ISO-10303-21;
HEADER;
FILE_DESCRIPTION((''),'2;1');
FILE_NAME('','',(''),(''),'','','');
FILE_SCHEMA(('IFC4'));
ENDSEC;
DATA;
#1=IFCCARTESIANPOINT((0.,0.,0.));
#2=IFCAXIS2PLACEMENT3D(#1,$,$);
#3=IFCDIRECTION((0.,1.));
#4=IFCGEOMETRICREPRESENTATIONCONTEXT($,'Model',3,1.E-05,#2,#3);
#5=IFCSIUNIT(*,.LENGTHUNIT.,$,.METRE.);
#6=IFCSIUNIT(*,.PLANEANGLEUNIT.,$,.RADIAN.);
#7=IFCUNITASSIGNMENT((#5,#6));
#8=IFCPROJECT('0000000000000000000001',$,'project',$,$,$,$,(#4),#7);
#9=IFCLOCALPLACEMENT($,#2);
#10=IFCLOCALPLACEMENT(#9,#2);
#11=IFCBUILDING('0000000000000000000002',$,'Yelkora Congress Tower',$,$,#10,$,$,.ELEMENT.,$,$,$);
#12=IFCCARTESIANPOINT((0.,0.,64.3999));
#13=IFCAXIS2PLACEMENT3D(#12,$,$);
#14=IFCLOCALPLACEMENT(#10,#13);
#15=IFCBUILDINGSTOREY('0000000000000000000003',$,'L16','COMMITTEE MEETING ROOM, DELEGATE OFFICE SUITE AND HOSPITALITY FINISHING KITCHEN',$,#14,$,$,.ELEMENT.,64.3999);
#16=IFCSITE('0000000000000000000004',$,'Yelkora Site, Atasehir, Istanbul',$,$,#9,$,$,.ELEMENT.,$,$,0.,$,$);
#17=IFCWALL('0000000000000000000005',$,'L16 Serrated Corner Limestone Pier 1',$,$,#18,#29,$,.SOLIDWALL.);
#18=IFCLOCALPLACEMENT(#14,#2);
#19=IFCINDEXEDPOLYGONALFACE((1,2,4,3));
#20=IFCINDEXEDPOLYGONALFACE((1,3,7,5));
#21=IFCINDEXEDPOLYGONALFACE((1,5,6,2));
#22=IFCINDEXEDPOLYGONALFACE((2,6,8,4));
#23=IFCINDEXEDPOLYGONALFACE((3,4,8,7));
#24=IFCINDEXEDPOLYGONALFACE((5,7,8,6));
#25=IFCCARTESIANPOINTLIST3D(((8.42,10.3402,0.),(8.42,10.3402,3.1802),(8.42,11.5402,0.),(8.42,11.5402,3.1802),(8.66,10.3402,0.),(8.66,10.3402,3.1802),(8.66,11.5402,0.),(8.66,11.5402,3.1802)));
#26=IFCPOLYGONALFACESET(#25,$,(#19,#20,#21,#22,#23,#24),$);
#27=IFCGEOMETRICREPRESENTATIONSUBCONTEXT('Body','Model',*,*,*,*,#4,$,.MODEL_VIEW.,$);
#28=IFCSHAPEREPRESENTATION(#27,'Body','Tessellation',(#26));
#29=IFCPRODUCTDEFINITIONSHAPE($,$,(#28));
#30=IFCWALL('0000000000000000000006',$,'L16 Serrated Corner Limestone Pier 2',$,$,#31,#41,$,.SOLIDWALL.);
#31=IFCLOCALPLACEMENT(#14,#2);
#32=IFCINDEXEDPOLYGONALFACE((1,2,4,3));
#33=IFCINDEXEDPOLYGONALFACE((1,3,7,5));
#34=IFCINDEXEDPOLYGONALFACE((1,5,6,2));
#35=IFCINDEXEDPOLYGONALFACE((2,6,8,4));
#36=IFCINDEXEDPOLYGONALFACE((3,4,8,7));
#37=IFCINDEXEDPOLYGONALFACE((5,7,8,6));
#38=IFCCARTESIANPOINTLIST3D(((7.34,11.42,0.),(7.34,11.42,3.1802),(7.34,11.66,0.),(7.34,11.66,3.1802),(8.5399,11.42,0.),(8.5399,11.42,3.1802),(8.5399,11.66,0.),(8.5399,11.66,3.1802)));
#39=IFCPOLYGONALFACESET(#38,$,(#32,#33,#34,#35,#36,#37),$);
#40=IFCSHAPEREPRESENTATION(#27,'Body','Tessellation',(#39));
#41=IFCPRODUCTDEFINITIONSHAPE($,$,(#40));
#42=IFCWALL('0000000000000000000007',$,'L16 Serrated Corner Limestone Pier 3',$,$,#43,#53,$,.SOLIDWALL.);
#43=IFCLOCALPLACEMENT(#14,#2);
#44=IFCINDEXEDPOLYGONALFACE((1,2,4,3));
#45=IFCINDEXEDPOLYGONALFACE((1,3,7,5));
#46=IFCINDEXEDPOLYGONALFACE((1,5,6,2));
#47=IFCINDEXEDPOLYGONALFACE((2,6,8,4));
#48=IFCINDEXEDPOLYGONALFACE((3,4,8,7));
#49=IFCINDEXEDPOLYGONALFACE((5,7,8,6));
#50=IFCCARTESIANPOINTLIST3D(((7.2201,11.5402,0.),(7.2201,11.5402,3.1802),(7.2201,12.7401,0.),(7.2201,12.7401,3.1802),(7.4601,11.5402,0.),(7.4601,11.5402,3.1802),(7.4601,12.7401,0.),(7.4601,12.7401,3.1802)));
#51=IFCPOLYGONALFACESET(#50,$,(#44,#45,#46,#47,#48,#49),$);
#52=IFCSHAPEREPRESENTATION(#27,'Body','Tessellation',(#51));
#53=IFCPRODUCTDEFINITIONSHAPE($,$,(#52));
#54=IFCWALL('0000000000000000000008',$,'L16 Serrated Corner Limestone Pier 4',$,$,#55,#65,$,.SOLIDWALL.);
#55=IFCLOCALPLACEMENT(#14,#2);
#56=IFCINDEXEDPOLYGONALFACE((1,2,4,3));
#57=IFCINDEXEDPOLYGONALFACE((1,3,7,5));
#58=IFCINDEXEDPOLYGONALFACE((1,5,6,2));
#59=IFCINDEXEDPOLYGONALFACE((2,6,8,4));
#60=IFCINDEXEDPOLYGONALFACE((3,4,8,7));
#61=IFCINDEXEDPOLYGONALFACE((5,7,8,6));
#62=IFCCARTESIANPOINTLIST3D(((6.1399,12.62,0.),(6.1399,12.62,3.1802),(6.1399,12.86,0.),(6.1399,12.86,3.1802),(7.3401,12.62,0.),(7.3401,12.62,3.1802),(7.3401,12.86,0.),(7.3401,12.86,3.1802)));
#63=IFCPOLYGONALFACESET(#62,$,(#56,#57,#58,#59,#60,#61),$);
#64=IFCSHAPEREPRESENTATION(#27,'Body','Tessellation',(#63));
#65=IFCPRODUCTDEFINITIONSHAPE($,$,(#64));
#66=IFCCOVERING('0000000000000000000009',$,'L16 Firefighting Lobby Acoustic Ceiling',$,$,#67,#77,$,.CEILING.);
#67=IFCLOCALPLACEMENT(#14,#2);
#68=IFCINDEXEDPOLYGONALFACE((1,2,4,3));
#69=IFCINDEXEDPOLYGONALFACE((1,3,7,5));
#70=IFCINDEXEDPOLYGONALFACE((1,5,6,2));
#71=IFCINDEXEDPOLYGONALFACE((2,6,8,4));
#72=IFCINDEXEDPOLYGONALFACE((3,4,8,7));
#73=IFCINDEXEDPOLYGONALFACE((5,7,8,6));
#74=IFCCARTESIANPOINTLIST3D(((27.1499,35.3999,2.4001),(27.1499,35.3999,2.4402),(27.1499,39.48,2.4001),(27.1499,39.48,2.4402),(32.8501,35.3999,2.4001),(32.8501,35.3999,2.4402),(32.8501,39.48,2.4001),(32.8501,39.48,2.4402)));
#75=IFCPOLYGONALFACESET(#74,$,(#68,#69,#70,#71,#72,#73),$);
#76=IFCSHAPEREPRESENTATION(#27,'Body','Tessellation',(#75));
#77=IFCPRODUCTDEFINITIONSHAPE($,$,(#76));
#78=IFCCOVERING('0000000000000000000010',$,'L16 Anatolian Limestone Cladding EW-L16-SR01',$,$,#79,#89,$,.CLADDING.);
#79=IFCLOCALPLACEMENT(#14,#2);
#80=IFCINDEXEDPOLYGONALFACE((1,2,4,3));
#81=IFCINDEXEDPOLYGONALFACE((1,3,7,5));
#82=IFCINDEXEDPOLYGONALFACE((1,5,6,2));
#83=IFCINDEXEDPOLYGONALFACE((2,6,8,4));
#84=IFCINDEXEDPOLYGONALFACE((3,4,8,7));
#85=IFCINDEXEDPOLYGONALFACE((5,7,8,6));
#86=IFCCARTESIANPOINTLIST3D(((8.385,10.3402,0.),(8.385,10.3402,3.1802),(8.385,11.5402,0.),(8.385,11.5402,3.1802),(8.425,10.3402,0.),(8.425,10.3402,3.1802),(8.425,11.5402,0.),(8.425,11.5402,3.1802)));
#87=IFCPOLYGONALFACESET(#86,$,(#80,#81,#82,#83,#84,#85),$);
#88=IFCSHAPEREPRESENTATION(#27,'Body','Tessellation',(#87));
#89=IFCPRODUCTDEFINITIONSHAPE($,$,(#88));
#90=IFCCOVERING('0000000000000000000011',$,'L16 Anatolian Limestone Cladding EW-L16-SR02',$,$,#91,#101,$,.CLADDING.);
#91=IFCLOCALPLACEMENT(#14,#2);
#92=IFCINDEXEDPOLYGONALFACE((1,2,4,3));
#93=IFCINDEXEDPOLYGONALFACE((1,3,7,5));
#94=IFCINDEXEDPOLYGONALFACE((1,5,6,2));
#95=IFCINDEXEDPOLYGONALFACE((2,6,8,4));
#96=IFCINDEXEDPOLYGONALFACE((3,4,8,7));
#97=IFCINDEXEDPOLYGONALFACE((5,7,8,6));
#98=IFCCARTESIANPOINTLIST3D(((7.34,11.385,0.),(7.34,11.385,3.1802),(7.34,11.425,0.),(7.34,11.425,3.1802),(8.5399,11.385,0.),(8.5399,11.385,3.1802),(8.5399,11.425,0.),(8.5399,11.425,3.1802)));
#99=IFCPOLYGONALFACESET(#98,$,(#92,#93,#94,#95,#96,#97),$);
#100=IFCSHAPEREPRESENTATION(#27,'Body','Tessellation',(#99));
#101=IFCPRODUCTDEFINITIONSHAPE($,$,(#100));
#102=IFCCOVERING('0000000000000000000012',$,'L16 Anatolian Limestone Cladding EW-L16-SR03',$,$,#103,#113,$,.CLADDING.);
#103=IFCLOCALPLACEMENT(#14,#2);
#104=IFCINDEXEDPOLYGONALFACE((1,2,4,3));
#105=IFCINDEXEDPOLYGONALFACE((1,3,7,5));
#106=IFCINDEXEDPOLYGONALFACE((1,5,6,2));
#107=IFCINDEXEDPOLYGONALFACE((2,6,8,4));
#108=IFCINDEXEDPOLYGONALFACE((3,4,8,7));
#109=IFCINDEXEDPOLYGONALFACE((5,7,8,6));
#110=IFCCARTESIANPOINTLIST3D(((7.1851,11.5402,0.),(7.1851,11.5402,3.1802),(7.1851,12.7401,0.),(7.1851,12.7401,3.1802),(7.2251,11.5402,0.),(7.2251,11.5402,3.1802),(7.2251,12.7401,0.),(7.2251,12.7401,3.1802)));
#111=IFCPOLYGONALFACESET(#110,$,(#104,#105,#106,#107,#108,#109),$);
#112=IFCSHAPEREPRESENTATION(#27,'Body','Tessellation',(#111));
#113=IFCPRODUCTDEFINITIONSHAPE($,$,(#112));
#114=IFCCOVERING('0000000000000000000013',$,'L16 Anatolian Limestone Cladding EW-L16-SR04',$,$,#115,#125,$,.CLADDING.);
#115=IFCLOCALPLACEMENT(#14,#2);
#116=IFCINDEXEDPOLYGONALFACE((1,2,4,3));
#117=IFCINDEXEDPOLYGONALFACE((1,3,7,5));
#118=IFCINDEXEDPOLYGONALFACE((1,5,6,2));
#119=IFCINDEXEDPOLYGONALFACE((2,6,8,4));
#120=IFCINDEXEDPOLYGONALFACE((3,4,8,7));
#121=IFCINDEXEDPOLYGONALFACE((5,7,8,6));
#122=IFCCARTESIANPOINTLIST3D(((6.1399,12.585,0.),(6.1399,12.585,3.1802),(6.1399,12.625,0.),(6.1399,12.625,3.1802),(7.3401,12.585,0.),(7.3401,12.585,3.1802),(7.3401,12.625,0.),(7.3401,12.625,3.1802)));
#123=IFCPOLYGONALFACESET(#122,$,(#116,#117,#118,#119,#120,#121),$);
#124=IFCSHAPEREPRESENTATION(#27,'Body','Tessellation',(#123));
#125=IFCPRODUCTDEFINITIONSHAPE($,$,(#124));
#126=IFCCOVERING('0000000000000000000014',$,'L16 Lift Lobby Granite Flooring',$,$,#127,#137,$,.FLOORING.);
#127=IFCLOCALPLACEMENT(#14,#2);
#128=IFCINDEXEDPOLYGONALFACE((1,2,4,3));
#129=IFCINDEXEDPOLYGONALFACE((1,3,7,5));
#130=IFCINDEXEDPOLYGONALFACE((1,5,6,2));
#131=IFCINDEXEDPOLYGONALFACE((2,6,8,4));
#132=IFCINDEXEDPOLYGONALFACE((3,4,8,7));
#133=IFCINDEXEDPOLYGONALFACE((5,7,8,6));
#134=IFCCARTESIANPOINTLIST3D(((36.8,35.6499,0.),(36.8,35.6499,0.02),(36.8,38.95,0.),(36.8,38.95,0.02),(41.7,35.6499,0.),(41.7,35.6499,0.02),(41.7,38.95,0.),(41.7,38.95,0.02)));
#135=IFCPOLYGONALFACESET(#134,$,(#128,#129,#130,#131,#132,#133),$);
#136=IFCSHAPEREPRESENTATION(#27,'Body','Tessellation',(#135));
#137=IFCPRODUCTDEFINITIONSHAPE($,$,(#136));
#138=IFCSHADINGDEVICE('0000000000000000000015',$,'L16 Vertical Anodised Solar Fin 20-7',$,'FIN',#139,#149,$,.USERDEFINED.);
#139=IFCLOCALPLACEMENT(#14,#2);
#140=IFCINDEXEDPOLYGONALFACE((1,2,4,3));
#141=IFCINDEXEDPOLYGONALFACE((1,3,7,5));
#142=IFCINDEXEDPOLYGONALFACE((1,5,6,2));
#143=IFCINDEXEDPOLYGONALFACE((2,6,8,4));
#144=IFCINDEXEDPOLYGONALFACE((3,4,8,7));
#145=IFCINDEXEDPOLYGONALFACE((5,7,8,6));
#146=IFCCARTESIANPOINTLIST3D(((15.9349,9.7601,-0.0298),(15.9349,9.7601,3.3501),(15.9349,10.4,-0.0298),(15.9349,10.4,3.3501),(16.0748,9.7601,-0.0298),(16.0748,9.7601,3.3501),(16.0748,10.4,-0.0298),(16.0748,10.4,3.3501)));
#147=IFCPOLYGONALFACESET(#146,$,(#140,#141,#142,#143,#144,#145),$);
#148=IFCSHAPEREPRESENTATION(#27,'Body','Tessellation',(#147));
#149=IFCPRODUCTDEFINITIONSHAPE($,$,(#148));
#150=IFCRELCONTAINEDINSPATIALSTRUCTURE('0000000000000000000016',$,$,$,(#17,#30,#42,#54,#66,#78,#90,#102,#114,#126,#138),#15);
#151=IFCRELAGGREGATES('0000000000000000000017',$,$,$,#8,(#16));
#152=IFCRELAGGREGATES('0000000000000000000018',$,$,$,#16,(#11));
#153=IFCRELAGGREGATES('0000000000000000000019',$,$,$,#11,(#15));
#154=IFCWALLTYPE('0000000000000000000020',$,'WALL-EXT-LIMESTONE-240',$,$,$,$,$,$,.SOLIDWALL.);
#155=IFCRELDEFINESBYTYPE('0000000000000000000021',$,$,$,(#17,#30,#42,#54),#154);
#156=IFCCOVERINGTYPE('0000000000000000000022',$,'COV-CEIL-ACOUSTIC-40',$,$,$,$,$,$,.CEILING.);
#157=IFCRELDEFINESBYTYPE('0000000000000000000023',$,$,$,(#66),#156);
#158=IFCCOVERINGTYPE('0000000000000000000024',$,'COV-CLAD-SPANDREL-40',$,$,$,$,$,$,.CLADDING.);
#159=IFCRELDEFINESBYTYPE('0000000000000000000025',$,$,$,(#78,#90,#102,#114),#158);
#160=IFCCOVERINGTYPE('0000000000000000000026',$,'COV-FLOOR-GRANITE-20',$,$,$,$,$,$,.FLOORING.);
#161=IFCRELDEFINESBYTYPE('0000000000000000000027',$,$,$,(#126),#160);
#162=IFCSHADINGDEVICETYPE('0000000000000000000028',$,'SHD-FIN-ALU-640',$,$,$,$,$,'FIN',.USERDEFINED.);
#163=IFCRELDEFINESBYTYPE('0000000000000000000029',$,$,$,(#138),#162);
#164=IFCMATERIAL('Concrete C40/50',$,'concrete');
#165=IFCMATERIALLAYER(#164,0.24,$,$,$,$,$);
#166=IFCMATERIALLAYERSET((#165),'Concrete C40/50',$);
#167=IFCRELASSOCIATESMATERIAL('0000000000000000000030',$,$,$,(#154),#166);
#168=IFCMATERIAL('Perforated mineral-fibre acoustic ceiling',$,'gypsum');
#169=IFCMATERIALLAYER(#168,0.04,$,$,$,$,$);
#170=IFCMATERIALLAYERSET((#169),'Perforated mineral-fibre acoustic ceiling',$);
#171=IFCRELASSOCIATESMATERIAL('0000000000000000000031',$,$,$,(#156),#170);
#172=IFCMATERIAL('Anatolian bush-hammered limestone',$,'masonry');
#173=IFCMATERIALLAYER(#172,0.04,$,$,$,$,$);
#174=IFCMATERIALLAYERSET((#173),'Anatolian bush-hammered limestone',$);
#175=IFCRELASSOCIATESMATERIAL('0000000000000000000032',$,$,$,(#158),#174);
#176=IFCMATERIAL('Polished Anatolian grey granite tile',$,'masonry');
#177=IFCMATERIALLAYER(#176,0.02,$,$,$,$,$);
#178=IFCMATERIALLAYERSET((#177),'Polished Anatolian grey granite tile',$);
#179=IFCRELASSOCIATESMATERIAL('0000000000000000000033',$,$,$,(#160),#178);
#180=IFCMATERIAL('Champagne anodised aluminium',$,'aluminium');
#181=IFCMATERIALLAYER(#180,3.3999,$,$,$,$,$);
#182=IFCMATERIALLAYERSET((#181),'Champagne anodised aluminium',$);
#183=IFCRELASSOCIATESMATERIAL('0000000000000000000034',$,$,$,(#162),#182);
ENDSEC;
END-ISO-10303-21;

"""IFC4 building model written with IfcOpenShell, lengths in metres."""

from ifc_helpers import new_model, si_unit, direction, frame, frame_2d, origin, origin_2d, place, context, subcontext, project, spatial, polyline, rectangle, outline, extrude, material, layer, layer_set, type_object, element, save


model = new_model("IFC4")

# Units and contexts
model_context = context("Model", 3, precision=1e-05, world=origin(), true_north=direction((0.0, 1.0)))
body_context = subcontext(model_context, "Body", "Model", "MODEL_VIEW")
ifc_project = project(units=[si_unit("LENGTHUNIT", "METRE"), si_unit("PLANEANGLEUNIT", "RADIAN")], contexts=[model_context])

# Site, building, storey
site_placement = place(None, origin())
site = spatial("IfcSite", under=ifc_project, at=site_placement, Name="Yelkora Site, Atasehir, Istanbul", CompositionType="ELEMENT", RefElevation=0.0)
building_placement = place(site_placement, origin())
building = spatial("IfcBuilding", under=site, at=building_placement, Name="Yelkora Congress Tower", CompositionType="ELEMENT")
storey_placement = place(building_placement, frame((0.0, 0.0, 64.3999)))
storey = spatial("IfcBuildingStorey", under=building, at=storey_placement, Name="L16", Description="COMMITTEE MEETING ROOM, DELEGATE OFFICE SUITE AND HOSPITALITY FINISHING KITCHEN", CompositionType="ELEMENT", Elevation=64.3999)

# Shared definitions
ifc_material_1 = material(Name="Concrete C40/50", Category="concrete")

# Walls
ifc_layer_1 = layer(ifc_material_1, 0.24)
ifc_layer_set_1 = layer_set([ifc_layer_1], Name="Concrete C40/50")
wall_type = type_object("IfcWallType", Name="WALL-EXT-LIMESTONE-240", PredefinedType="SOLIDWALL", material=ifc_layer_set_1)
for number, where, z_axis, x_axis, name in (
    (1, (8.54, 10.3401, 0.0), (0.0, 0.0, 1.0), (0.0, 1.0, 0.0), "L16 Serrated Corner Limestone Pier 1"),
    (2, (8.54, 11.54, 0.0), (0.0, 0.0, 1.0), (-1.0, 0.0, 0.0), "L16 Serrated Corner Limestone Pier 2"),
    (3, (7.3401, 11.54, 0.0), (0.0, 0.0, 1.0), (0.0, 1.0, 0.0), "L16 Serrated Corner Limestone Pier 3"),
):
    element("IfcWall", number, at=place(storey_placement, frame(where, z_axis=z_axis, x_axis=x_axis)), inside=storey, type_object=wall_type, Name=name, PredefinedType="SOLIDWALL", context=body_context, shape_type="SweptSolid", body=[
        extrude(rectangle(XDim=1.2, YDim=0.24, at=frame_2d((0.6001, 0.0))), origin(), (0.0, 0.0, 1.0), 3.1802),
    ])
wall_placement = place(storey_placement, frame((7.3401, 12.74, 0.0), z_axis=(0.0, 0.0, 1.0), x_axis=(-1.0, 0.0, 0.0)))
element("IfcWall", 4, at=wall_placement, inside=storey, type_object=wall_type, Name="L16 Serrated Corner Limestone Pier 4", PredefinedType="SOLIDWALL", context=body_context, shape_type="SweptSolid", body=[
    extrude(rectangle(XDim=1.2002, YDim=0.24, at=frame_2d((0.6001, 0.0))), origin(), (0.0, 0.0, 1.0), 3.1802),
])

# Coverings
ifc_material_2 = material(Name="Perforated mineral-fibre acoustic ceiling", Category="gypsum")
ifc_layer_2 = layer(ifc_material_2, 0.04)
ifc_layer_set_2 = layer_set([ifc_layer_2], Name="Perforated mineral-fibre acoustic ceiling")
covering_type_1 = type_object("IfcCoveringType", Name="COV-CEIL-ACOUSTIC-40", PredefinedType="CEILING", material=ifc_layer_set_2)
covering_1_placement = place(storey_placement, frame((0.0, 0.0, 2.4001)))
element("IfcCovering", 5, at=covering_1_placement, inside=storey, type_object=covering_type_1, Name="L16 Firefighting Lobby Acoustic Ceiling", PredefinedType="CEILING", context=body_context, shape_type="SweptSolid", body=[
    extrude(outline(polyline([(27.1499, 35.3999), (32.8501, 35.3999), (32.8501, 39.48), (27.1499, 39.48), (27.1499, 35.3999)])), origin(), (0.0, 0.0, 1.0), 0.04),
])
ifc_material_3 = material(Name="Anatolian bush-hammered limestone", Category="masonry")
ifc_layer_3 = layer(ifc_material_3, 0.04)
ifc_layer_set_3 = layer_set([ifc_layer_3], Name="Anatolian bush-hammered limestone")
covering_type_2 = type_object("IfcCoveringType", Name="COV-CLAD-SPANDREL-40", PredefinedType="CLADDING", material=ifc_layer_set_3)
for number, where, z_axis, x_axis, name in (
    (6, (8.405, 10.3401, 0.0), (0.0, 0.0, 1.0), (0.0, 1.0, 0.0), "L16 Anatolian Limestone Cladding EW-L16-SR01"),
    (7, (8.54, 11.405, 0.0), (0.0, 0.0, 1.0), (-1.0, 0.0, 0.0), "L16 Anatolian Limestone Cladding EW-L16-SR02"),
    (8, (7.2051, 11.54, 0.0), (0.0, 0.0, 1.0), (0.0, 1.0, 0.0), "L16 Anatolian Limestone Cladding EW-L16-SR03"),
):
    element("IfcCovering", number, at=place(storey_placement, frame(where, z_axis=z_axis, x_axis=x_axis)), inside=storey, type_object=covering_type_2, Name=name, PredefinedType="CLADDING", context=body_context, shape_type="SweptSolid", body=[
        extrude(rectangle(XDim=1.2, YDim=0.04, at=frame_2d((0.6001, 0.0))), origin(), (0.0, 0.0, 1.0), 3.1802),
    ])
covering_2_placement = place(storey_placement, frame((7.3401, 12.605, 0.0), z_axis=(0.0, 0.0, 1.0), x_axis=(-1.0, 0.0, 0.0)))
element("IfcCovering", 9, at=covering_2_placement, inside=storey, type_object=covering_type_2, Name="L16 Anatolian Limestone Cladding EW-L16-SR04", PredefinedType="CLADDING", context=body_context, shape_type="SweptSolid", body=[
    extrude(rectangle(XDim=1.2002, YDim=0.04, at=frame_2d((0.6001, 0.0))), origin(), (0.0, 0.0, 1.0), 3.1802),
])
ifc_material_4 = material(Name="Polished Anatolian grey granite tile", Category="masonry")
ifc_layer_4 = layer(ifc_material_4, 0.02)
ifc_layer_set_4 = layer_set([ifc_layer_4], Name="Polished Anatolian grey granite tile")
covering_type_3 = type_object("IfcCoveringType", Name="COV-FLOOR-GRANITE-20", PredefinedType="FLOORING", material=ifc_layer_set_4)
covering_3_placement = place(storey_placement, origin())
element("IfcCovering", 10, at=covering_3_placement, inside=storey, type_object=covering_type_3, Name="L16 Lift Lobby Granite Flooring", PredefinedType="FLOORING", context=body_context, shape_type="SweptSolid", body=[
    extrude(outline(polyline([(36.8, 35.6499), (41.7, 35.6499), (41.7, 38.95), (36.8, 38.95), (36.8, 35.6499)])), origin(), (0.0, 0.0, 1.0), 0.02),
])

# Shading device
ifc_material_5 = material(Name="Champagne anodised aluminium", Category="aluminium")
ifc_layer_5 = layer(ifc_material_5, 3.3999)
ifc_layer_set_5 = layer_set([ifc_layer_5], Name="Champagne anodised aluminium")
shading_device_type = type_object("IfcShadingDeviceType", Name="SHD-FIN-ALU-640", ElementType="FIN", PredefinedType="USERDEFINED", material=ifc_layer_set_5)
shading_device_placement = place(storey_placement, frame((16.0049, 10.0801, -0.0298), z_axis=(0.0, 0.0, 1.0), x_axis=(-1.0, 0.0, 0.0)))
element("IfcShadingDevice", 11, at=shading_device_placement, inside=storey, type_object=shading_device_type, Name="L16 Vertical Anodised Solar Fin 20-7", ObjectType="FIN", PredefinedType="USERDEFINED", context=body_context, shape_type="SweptSolid", body=[
    extrude(rectangle(XDim=0.1399, YDim=0.6399, at=origin_2d()), origin(), (0.0, 0.0, 1.0), 3.3799),
])

save(model, "model.ifc")
